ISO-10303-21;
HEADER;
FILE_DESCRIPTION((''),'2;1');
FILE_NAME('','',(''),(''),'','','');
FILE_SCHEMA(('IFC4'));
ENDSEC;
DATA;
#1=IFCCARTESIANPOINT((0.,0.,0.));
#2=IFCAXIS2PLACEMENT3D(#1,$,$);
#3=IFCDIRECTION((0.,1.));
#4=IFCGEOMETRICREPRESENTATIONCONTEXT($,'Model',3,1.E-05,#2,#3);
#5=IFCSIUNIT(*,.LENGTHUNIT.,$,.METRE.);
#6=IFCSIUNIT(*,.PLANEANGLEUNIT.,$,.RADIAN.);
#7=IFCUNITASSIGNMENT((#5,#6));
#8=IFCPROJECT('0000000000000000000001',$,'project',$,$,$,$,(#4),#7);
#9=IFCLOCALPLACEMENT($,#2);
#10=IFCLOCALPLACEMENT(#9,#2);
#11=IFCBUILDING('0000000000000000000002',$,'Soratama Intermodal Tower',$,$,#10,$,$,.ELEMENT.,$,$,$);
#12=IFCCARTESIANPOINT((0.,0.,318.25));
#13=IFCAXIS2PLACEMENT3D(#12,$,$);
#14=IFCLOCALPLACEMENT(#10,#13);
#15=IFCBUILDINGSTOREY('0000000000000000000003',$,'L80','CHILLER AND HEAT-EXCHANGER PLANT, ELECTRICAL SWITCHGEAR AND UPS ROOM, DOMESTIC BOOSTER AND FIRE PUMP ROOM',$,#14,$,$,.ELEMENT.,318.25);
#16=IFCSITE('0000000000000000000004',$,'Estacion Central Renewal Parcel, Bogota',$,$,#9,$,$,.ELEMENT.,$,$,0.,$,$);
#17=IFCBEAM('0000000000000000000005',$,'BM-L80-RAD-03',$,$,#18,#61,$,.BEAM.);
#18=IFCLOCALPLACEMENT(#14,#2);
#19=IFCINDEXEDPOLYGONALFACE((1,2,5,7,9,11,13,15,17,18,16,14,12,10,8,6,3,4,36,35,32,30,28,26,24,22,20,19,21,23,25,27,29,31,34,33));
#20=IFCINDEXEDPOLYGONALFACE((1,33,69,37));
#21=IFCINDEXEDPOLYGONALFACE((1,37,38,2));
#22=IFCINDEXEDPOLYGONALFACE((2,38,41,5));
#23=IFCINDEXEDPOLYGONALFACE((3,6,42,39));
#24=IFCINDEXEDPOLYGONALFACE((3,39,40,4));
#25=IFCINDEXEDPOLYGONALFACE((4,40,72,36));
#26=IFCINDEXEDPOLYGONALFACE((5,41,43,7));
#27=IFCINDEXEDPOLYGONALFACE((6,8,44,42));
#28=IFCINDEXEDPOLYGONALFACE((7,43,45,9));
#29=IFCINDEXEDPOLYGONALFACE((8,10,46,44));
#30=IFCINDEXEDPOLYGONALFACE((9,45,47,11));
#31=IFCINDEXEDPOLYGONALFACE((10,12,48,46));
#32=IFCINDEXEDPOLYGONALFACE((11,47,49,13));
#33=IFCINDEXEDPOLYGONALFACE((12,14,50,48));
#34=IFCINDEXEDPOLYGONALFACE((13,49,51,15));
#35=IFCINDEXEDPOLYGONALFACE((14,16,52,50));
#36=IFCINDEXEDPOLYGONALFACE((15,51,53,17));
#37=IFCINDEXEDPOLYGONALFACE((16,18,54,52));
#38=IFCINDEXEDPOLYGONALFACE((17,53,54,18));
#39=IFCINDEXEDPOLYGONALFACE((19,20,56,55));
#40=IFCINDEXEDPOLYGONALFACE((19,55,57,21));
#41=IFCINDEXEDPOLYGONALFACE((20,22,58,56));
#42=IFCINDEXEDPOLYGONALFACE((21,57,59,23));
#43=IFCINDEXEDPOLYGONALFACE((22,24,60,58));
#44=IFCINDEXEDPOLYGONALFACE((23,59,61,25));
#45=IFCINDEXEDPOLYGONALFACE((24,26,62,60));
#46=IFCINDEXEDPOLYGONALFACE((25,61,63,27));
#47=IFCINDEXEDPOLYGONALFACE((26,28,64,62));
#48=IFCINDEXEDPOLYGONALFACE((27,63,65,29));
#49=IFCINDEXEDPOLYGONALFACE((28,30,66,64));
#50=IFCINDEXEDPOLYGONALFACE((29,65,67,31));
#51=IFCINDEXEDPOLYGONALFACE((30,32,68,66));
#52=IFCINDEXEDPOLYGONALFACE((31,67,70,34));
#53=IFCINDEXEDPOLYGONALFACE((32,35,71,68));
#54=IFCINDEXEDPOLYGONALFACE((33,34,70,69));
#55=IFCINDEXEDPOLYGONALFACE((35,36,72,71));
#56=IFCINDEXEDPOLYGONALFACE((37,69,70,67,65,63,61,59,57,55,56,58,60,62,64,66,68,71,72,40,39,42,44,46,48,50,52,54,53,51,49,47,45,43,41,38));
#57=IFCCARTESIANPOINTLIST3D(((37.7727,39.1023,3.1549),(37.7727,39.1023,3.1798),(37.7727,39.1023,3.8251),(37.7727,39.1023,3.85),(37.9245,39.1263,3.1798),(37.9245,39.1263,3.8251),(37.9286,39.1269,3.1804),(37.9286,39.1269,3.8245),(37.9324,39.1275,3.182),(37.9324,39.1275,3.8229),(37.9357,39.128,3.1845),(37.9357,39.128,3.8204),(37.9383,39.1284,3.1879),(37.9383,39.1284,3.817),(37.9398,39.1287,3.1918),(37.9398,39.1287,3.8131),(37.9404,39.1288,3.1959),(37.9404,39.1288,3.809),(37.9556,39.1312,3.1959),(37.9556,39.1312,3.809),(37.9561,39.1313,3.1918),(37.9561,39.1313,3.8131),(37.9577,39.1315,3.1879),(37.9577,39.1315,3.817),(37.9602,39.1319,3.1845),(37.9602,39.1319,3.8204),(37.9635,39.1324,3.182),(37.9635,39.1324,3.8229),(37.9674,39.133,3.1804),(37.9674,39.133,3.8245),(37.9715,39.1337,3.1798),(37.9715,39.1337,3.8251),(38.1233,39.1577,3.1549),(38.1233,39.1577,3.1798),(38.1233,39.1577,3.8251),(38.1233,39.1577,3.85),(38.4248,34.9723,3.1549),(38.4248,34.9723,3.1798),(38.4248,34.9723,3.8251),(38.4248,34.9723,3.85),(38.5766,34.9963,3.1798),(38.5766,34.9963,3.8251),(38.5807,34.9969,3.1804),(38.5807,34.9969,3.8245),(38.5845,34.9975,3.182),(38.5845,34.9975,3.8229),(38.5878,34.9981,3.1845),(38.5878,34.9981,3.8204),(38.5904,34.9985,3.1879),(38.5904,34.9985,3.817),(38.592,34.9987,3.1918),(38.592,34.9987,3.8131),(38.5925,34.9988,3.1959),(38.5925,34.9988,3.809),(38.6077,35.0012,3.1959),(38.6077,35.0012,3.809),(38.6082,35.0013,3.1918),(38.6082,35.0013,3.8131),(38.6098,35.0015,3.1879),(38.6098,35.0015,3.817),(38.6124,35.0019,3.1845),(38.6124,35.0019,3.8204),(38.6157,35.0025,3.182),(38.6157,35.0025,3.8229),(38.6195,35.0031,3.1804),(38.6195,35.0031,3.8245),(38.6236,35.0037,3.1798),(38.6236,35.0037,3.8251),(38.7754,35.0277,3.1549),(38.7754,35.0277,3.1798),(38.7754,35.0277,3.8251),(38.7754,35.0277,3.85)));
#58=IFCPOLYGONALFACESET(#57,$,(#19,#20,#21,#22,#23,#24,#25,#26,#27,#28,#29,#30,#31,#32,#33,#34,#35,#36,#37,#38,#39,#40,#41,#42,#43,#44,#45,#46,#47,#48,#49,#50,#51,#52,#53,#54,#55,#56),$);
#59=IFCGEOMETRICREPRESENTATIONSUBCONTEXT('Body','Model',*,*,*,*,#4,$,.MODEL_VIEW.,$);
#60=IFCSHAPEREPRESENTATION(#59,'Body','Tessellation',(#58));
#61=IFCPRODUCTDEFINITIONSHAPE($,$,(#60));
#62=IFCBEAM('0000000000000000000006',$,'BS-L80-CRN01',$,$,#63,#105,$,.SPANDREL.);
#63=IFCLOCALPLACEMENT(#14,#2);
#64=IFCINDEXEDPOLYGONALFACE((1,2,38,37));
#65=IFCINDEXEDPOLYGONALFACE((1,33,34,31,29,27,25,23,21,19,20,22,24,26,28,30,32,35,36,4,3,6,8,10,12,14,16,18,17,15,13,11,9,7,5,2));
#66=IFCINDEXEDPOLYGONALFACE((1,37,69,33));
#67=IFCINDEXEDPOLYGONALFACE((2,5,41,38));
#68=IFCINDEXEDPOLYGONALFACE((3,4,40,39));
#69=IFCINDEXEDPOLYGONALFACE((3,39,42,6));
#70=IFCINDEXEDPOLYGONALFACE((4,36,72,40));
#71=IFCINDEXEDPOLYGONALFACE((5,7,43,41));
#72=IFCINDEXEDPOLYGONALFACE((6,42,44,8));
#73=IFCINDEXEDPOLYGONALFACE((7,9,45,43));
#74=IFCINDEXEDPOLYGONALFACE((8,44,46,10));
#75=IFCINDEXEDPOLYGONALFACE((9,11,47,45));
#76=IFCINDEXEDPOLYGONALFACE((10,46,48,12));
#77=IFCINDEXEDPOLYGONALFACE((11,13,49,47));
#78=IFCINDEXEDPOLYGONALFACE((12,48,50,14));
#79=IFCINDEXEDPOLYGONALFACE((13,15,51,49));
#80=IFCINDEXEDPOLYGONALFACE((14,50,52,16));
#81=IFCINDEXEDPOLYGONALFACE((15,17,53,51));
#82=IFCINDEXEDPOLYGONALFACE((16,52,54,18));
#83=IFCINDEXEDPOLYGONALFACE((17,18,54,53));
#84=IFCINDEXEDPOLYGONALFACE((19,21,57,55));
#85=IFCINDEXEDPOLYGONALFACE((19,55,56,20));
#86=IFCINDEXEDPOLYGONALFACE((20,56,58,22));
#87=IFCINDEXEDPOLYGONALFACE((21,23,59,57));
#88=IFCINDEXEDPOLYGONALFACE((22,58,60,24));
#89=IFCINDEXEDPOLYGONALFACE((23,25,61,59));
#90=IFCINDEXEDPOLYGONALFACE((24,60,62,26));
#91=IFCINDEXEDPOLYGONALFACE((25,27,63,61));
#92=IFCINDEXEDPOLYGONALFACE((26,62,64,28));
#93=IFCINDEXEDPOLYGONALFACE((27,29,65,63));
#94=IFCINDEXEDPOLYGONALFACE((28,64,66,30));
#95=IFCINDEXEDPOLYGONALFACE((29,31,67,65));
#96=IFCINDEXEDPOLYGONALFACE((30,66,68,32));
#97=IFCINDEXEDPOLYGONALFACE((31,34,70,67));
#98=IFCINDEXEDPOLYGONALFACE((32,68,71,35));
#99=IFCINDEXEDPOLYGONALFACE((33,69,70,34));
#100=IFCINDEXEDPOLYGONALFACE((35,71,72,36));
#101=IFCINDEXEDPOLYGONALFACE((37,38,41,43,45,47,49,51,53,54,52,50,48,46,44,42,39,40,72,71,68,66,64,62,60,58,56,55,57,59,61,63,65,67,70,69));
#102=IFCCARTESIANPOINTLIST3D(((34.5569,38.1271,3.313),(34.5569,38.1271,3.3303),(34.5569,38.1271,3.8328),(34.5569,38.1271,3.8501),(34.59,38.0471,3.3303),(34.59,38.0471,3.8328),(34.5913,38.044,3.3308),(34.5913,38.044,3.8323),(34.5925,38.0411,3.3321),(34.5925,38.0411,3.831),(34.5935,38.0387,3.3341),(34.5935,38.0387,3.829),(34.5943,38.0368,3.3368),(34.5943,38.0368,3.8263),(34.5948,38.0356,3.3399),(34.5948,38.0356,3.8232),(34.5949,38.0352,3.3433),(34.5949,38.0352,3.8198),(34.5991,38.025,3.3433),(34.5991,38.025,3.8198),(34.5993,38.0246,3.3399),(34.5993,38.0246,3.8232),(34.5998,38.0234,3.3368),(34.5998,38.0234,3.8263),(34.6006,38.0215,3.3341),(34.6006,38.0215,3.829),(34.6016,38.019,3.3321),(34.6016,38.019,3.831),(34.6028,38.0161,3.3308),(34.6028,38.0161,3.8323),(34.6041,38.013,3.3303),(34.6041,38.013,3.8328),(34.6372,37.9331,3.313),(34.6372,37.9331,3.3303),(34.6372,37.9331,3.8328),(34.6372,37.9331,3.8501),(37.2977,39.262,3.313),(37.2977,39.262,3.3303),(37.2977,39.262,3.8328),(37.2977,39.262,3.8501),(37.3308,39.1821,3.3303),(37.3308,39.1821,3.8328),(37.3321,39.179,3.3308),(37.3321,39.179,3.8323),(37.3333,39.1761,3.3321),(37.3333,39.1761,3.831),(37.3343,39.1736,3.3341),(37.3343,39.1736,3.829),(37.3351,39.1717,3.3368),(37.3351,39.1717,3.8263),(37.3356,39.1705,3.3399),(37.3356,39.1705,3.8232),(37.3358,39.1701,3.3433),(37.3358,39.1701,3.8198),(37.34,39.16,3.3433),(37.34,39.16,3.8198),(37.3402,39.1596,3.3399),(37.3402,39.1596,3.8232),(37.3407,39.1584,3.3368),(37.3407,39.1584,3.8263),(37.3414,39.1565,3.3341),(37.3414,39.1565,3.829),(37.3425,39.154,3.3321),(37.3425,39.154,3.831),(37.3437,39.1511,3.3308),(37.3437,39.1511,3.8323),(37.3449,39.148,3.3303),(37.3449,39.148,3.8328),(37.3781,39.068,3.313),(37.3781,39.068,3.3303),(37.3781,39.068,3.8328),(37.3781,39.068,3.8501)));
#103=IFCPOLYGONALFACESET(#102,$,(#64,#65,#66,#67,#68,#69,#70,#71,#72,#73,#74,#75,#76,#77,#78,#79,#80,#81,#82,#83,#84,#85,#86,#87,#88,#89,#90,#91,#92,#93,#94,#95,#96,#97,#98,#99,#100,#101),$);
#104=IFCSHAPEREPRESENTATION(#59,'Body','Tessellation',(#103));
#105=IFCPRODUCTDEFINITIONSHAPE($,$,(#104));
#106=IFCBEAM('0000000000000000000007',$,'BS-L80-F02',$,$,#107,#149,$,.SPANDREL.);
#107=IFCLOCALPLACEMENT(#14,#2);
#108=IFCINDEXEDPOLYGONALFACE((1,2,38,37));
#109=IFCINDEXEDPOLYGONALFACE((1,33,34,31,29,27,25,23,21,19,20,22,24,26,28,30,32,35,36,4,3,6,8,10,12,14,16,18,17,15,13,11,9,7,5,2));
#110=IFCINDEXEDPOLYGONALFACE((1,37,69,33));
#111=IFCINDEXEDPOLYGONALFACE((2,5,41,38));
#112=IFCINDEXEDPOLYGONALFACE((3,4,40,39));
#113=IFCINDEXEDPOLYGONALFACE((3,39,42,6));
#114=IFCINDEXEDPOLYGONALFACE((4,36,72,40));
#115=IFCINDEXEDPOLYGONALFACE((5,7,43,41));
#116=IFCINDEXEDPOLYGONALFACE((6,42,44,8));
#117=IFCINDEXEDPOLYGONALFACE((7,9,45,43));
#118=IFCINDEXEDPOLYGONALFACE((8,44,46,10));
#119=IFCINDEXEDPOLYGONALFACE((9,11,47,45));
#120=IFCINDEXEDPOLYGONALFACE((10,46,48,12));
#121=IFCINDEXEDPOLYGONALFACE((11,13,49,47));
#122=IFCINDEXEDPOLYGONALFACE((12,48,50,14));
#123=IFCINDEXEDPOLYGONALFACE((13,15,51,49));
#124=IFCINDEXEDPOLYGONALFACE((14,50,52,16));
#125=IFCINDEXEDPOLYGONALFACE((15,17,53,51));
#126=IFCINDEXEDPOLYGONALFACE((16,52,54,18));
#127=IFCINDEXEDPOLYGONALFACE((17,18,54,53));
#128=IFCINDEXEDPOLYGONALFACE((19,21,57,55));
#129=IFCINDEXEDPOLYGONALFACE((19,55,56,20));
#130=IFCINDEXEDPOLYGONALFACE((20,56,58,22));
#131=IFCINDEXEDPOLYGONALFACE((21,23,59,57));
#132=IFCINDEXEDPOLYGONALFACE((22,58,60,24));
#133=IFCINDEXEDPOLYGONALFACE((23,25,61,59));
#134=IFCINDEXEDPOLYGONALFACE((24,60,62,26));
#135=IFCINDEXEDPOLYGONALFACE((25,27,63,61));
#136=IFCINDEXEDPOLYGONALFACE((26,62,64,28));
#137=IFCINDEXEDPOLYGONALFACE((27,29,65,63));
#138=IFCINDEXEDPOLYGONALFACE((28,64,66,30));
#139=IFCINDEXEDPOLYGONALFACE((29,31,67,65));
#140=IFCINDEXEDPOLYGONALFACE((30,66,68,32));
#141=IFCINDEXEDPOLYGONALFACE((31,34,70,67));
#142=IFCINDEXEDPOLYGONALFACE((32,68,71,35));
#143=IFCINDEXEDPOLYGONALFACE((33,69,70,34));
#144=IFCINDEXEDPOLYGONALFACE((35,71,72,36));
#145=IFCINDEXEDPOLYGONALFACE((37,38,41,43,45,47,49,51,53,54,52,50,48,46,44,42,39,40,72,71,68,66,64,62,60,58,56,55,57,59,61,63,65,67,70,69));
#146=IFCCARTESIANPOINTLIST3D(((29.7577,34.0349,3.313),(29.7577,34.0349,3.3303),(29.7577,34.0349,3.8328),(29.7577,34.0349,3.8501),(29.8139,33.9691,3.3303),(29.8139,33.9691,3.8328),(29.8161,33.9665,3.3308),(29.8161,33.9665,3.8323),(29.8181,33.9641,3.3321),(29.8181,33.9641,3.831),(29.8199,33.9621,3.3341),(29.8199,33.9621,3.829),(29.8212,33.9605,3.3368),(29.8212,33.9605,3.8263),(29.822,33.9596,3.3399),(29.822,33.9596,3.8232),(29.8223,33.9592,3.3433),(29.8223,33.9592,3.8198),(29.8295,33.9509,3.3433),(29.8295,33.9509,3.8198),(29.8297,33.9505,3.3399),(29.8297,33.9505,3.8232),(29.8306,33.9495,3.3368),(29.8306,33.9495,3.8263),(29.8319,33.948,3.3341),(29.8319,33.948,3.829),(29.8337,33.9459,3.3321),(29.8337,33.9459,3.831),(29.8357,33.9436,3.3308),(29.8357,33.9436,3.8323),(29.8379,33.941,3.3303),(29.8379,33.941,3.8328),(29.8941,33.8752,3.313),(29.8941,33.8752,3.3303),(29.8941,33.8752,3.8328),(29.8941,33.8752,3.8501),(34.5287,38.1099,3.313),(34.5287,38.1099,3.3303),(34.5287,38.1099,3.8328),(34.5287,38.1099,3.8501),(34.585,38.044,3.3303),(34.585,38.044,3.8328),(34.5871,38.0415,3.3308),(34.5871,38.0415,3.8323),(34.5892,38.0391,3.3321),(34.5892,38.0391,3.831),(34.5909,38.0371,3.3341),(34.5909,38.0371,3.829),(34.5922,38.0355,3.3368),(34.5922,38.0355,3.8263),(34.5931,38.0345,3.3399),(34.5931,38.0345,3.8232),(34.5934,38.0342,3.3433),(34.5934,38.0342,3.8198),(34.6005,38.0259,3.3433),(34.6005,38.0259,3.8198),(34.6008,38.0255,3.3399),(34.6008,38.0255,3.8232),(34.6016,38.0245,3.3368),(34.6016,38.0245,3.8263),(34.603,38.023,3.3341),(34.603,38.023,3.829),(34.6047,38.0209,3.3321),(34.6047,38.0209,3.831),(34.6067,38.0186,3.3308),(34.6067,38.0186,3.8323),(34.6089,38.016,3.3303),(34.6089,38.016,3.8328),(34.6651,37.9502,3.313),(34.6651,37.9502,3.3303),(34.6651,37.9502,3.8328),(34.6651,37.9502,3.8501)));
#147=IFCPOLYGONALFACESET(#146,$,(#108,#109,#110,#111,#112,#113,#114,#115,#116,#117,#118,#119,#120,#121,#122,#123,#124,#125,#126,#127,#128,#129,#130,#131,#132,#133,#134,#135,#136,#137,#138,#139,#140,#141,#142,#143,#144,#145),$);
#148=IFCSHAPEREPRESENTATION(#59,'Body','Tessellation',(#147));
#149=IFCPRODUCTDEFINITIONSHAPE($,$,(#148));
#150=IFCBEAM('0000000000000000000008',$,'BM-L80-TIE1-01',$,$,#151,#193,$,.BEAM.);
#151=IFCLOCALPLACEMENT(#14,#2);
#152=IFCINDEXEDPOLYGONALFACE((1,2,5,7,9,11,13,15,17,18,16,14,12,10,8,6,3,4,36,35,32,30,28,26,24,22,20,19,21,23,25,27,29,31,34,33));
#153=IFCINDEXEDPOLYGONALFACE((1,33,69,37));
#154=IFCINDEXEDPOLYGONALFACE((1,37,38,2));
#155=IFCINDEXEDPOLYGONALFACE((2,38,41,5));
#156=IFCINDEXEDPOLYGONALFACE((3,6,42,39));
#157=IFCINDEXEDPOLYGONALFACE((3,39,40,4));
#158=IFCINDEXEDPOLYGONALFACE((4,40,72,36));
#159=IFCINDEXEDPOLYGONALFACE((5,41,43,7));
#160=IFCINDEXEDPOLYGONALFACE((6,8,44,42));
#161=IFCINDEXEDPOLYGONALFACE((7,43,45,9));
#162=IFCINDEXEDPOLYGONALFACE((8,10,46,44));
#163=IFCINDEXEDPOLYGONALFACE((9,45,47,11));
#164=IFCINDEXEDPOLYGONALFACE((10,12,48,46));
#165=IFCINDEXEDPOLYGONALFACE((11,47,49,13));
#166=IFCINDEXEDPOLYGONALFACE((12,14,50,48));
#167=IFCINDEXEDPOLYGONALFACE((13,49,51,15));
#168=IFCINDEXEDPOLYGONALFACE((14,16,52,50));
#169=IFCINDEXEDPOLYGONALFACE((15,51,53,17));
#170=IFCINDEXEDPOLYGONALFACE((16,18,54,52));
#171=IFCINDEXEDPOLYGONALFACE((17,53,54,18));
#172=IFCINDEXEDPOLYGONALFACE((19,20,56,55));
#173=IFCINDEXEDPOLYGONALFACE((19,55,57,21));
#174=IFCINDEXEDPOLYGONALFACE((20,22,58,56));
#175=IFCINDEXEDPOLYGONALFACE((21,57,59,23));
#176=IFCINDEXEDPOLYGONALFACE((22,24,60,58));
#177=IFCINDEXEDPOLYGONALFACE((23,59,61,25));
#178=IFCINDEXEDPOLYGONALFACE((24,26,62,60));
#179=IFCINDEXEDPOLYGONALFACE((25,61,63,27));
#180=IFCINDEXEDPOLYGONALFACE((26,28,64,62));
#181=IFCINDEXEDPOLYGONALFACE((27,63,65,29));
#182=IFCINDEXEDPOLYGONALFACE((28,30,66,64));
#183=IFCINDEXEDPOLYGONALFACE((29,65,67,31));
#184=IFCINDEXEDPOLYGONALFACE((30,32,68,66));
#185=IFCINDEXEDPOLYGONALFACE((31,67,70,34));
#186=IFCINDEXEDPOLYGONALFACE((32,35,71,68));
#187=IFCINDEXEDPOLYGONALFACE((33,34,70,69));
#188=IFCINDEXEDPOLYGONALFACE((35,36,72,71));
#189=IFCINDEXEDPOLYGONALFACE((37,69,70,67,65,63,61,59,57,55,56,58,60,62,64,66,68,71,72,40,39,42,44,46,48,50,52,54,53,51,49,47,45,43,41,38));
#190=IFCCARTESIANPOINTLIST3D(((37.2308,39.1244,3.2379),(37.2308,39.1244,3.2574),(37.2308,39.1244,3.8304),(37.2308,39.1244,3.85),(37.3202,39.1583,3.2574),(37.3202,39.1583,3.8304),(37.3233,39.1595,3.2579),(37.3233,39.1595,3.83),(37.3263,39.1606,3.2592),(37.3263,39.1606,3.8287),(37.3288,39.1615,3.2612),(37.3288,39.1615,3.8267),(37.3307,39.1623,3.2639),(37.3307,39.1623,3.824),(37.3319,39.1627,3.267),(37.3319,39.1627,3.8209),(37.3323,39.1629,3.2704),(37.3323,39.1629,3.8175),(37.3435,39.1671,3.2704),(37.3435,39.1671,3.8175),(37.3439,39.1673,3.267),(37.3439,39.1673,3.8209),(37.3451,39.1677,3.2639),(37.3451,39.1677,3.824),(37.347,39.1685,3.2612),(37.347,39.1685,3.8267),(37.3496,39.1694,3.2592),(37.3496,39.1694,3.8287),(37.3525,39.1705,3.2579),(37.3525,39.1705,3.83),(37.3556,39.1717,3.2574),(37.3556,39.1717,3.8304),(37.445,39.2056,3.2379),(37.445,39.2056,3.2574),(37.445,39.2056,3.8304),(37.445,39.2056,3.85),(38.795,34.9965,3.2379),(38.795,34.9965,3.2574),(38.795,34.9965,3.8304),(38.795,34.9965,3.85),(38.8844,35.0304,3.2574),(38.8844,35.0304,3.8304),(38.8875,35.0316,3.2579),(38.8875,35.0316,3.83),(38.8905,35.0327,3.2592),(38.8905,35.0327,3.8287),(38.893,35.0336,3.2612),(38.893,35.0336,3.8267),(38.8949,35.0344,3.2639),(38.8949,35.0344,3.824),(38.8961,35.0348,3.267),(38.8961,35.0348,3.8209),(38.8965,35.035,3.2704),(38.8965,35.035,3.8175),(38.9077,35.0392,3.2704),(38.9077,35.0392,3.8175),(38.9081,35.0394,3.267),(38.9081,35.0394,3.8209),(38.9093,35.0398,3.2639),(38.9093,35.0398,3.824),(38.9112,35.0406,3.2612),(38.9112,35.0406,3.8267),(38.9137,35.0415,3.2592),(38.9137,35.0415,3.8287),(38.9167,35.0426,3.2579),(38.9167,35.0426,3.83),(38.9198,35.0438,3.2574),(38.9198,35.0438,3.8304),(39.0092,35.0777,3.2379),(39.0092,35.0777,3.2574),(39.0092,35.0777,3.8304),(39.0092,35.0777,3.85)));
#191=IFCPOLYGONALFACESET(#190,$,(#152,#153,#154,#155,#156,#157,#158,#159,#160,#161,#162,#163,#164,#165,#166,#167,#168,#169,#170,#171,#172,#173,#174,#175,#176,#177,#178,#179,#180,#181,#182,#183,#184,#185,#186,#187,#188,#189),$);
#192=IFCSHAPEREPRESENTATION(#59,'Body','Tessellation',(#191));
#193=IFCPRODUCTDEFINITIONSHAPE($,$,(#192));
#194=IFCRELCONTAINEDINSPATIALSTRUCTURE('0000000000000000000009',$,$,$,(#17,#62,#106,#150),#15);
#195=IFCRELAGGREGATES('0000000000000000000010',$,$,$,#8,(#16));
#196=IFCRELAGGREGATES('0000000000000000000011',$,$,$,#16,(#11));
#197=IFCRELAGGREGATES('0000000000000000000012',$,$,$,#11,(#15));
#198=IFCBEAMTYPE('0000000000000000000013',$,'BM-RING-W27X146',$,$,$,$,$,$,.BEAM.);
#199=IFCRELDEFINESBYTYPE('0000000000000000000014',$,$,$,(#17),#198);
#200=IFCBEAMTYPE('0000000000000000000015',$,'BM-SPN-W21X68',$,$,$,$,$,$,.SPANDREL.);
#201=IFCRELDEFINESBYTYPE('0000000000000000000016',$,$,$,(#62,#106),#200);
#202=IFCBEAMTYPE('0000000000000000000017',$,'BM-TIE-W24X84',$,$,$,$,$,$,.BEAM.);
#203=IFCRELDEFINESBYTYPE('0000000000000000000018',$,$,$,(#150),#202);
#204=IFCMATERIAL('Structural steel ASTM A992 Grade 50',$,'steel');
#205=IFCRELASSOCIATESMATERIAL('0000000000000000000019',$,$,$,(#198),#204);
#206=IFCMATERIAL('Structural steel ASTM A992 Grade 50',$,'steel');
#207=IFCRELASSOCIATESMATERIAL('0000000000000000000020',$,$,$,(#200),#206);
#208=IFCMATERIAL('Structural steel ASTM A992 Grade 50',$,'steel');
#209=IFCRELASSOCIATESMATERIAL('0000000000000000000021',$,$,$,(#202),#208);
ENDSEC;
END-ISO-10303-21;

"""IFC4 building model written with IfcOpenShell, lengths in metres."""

from ifc_helpers import new_model, si_unit, direction, frame, origin, origin_2d, place, context, subcontext, project, spatial, i_section, extrude, material, material_profile, profile_set, type_object, element, save


model = new_model("IFC4")

# Units and contexts
model_context = context("Model", 3, precision=1e-05, world=origin(), true_north=direction((0.0, 1.0)))
body_context = subcontext(model_context, "Body", "Model", "MODEL_VIEW")
ifc_project = project(units=[si_unit("LENGTHUNIT", "METRE"), si_unit("PLANEANGLEUNIT", "RADIAN")], contexts=[model_context])

# Site, building, storey
site_placement = place(None, origin())
site = spatial("IfcSite", under=ifc_project, at=site_placement, Name="Estacion Central Renewal Parcel, Bogota", CompositionType="ELEMENT", RefElevation=0.0)
building_placement = place(site_placement, origin())
building = spatial("IfcBuilding", under=site, at=building_placement, Name="Soratama Intermodal Tower", CompositionType="ELEMENT")
storey_placement = place(building_placement, frame((0.0, 0.0, 318.25)))
storey = spatial("IfcBuildingStorey", under=building, at=storey_placement, Name="L80", Description="CHILLER AND HEAT-EXCHANGER PLANT, ELECTRICAL SWITCHGEAR AND UPS ROOM, DOMESTIC BOOSTER AND FIRE PUMP ROOM", CompositionType="ELEMENT", Elevation=318.25)

# Beams
ifc_material_1 = material(Name="Structural steel ASTM A992 Grade 50", Category="steel")
ifc_material_profile_1 = material_profile(ifc_material_1, i_section(OverallWidth=0.355, OverallDepth=0.6951, WebThickness=0.0154, FlangeThickness=0.0249, FilletRadius=0.0161, at=origin_2d()), Name="W27X146")
ifc_profile_set_1 = profile_set([ifc_material_profile_1], Name="Structural steel ASTM A992 Grade 50")
beam_type_1 = type_object("IfcBeamType", Name="BM-RING-W27X146", PredefinedType="BEAM", material=ifc_profile_set_1)
beam_1_placement = place(storey_placement, frame((38.6001, 35.0, 3.5024), z_axis=(-0.155966, 0.987762, 0.0), x_axis=(-0.987762, -0.155966, 0.0)))
element("IfcBeam", 1, at=beam_1_placement, inside=storey, type_object=beam_type_1, Name="BM-L80-RAD-03", PredefinedType="BEAM", context=body_context, shape_type="SweptSolid", body=[
    extrude(i_section(OverallWidth=0.355, OverallDepth=0.6951, WebThickness=0.0154, FlangeThickness=0.0249, FilletRadius=0.0161, at=origin_2d()), origin(), (0.0, 0.0, 1.0), 4.1812),
])
ifc_material_2 = material(Name="Structural steel ASTM A992 Grade 50", Category="steel")
ifc_material_profile_2 = material_profile(ifc_material_2, i_section(OverallWidth=0.21, OverallDepth=0.5371, WebThickness=0.011, FlangeThickness=0.0173, FilletRadius=0.0129, at=origin_2d()), Name="W21X68")
ifc_profile_set_2 = profile_set([ifc_material_profile_2], Name="Structural steel ASTM A992 Grade 50")
beam_type_2 = type_object("IfcBeamType", Name="BM-SPN-W21X68", PredefinedType="SPANDREL", material=ifc_profile_set_2)
beam_2_placement = place(storey_placement, frame((37.3379, 39.165, 3.5815), z_axis=(-0.92392, -0.382587, 0.0), x_axis=(0.382587, -0.92392, 0.0)))
element("IfcBeam", 2, at=beam_2_placement, inside=storey, type_object=beam_type_2, Name="BS-L80-CRN01", PredefinedType="SPANDREL", context=body_context, shape_type="SweptSolid", body=[
    extrude(i_section(OverallWidth=0.21, OverallDepth=0.5371, WebThickness=0.011, FlangeThickness=0.0173, FilletRadius=0.0129, at=origin_2d()), origin(), (0.0, 0.0, 1.0), 2.9666),
])
beam_3_placement = place(storey_placement, frame((34.5969, 38.03, 3.5815), z_axis=(-0.760395, -0.649461, 0.0), x_axis=(0.649461, -0.760395, 0.0)))
element("IfcBeam", 3, at=beam_3_placement, inside=storey, type_object=beam_type_2, Name="BS-L80-F02", PredefinedType="SPANDREL", context=body_context, shape_type="SweptSolid", body=[
    extrude(i_section(OverallWidth=0.21, OverallDepth=0.5371, WebThickness=0.011, FlangeThickness=0.0173, FilletRadius=0.0129, at=origin_2d()), origin(), (0.0, 0.0, 1.0), 6.2744),
])
ifc_material_3 = material(Name="Structural steel ASTM A992 Grade 50", Category="steel")
ifc_material_profile_3 = material_profile(ifc_material_3, i_section(OverallWidth=0.229, OverallDepth=0.6121, WebThickness=0.012, FlangeThickness=0.0195, FilletRadius=0.0129, at=origin_2d()), Name="W24X84")
ifc_profile_set_3 = profile_set([ifc_material_profile_3], Name="Structural steel ASTM A992 Grade 50")
beam_type_3 = type_object("IfcBeamType", Name="BM-TIE-W24X84", PredefinedType="BEAM", material=ifc_profile_set_3)
beam_4_placement = place(storey_placement, frame((38.9021, 35.0371, 3.5439), z_axis=(-0.354346, 0.935114, 0.0), x_axis=(-0.935114, -0.354346, 0.0)))
element("IfcBeam", 4, at=beam_4_placement, inside=storey, type_object=beam_type_3, Name="BM-L80-TIE1-01", PredefinedType="BEAM", context=body_context, shape_type="SweptSolid", body=[
    extrude(i_section(OverallWidth=0.229, OverallDepth=0.6121, WebThickness=0.012, FlangeThickness=0.0195, FilletRadius=0.0129, at=origin_2d()), origin(), (0.0, 0.0, 1.0), 4.4143),
])

save(model, "model.ifc")
